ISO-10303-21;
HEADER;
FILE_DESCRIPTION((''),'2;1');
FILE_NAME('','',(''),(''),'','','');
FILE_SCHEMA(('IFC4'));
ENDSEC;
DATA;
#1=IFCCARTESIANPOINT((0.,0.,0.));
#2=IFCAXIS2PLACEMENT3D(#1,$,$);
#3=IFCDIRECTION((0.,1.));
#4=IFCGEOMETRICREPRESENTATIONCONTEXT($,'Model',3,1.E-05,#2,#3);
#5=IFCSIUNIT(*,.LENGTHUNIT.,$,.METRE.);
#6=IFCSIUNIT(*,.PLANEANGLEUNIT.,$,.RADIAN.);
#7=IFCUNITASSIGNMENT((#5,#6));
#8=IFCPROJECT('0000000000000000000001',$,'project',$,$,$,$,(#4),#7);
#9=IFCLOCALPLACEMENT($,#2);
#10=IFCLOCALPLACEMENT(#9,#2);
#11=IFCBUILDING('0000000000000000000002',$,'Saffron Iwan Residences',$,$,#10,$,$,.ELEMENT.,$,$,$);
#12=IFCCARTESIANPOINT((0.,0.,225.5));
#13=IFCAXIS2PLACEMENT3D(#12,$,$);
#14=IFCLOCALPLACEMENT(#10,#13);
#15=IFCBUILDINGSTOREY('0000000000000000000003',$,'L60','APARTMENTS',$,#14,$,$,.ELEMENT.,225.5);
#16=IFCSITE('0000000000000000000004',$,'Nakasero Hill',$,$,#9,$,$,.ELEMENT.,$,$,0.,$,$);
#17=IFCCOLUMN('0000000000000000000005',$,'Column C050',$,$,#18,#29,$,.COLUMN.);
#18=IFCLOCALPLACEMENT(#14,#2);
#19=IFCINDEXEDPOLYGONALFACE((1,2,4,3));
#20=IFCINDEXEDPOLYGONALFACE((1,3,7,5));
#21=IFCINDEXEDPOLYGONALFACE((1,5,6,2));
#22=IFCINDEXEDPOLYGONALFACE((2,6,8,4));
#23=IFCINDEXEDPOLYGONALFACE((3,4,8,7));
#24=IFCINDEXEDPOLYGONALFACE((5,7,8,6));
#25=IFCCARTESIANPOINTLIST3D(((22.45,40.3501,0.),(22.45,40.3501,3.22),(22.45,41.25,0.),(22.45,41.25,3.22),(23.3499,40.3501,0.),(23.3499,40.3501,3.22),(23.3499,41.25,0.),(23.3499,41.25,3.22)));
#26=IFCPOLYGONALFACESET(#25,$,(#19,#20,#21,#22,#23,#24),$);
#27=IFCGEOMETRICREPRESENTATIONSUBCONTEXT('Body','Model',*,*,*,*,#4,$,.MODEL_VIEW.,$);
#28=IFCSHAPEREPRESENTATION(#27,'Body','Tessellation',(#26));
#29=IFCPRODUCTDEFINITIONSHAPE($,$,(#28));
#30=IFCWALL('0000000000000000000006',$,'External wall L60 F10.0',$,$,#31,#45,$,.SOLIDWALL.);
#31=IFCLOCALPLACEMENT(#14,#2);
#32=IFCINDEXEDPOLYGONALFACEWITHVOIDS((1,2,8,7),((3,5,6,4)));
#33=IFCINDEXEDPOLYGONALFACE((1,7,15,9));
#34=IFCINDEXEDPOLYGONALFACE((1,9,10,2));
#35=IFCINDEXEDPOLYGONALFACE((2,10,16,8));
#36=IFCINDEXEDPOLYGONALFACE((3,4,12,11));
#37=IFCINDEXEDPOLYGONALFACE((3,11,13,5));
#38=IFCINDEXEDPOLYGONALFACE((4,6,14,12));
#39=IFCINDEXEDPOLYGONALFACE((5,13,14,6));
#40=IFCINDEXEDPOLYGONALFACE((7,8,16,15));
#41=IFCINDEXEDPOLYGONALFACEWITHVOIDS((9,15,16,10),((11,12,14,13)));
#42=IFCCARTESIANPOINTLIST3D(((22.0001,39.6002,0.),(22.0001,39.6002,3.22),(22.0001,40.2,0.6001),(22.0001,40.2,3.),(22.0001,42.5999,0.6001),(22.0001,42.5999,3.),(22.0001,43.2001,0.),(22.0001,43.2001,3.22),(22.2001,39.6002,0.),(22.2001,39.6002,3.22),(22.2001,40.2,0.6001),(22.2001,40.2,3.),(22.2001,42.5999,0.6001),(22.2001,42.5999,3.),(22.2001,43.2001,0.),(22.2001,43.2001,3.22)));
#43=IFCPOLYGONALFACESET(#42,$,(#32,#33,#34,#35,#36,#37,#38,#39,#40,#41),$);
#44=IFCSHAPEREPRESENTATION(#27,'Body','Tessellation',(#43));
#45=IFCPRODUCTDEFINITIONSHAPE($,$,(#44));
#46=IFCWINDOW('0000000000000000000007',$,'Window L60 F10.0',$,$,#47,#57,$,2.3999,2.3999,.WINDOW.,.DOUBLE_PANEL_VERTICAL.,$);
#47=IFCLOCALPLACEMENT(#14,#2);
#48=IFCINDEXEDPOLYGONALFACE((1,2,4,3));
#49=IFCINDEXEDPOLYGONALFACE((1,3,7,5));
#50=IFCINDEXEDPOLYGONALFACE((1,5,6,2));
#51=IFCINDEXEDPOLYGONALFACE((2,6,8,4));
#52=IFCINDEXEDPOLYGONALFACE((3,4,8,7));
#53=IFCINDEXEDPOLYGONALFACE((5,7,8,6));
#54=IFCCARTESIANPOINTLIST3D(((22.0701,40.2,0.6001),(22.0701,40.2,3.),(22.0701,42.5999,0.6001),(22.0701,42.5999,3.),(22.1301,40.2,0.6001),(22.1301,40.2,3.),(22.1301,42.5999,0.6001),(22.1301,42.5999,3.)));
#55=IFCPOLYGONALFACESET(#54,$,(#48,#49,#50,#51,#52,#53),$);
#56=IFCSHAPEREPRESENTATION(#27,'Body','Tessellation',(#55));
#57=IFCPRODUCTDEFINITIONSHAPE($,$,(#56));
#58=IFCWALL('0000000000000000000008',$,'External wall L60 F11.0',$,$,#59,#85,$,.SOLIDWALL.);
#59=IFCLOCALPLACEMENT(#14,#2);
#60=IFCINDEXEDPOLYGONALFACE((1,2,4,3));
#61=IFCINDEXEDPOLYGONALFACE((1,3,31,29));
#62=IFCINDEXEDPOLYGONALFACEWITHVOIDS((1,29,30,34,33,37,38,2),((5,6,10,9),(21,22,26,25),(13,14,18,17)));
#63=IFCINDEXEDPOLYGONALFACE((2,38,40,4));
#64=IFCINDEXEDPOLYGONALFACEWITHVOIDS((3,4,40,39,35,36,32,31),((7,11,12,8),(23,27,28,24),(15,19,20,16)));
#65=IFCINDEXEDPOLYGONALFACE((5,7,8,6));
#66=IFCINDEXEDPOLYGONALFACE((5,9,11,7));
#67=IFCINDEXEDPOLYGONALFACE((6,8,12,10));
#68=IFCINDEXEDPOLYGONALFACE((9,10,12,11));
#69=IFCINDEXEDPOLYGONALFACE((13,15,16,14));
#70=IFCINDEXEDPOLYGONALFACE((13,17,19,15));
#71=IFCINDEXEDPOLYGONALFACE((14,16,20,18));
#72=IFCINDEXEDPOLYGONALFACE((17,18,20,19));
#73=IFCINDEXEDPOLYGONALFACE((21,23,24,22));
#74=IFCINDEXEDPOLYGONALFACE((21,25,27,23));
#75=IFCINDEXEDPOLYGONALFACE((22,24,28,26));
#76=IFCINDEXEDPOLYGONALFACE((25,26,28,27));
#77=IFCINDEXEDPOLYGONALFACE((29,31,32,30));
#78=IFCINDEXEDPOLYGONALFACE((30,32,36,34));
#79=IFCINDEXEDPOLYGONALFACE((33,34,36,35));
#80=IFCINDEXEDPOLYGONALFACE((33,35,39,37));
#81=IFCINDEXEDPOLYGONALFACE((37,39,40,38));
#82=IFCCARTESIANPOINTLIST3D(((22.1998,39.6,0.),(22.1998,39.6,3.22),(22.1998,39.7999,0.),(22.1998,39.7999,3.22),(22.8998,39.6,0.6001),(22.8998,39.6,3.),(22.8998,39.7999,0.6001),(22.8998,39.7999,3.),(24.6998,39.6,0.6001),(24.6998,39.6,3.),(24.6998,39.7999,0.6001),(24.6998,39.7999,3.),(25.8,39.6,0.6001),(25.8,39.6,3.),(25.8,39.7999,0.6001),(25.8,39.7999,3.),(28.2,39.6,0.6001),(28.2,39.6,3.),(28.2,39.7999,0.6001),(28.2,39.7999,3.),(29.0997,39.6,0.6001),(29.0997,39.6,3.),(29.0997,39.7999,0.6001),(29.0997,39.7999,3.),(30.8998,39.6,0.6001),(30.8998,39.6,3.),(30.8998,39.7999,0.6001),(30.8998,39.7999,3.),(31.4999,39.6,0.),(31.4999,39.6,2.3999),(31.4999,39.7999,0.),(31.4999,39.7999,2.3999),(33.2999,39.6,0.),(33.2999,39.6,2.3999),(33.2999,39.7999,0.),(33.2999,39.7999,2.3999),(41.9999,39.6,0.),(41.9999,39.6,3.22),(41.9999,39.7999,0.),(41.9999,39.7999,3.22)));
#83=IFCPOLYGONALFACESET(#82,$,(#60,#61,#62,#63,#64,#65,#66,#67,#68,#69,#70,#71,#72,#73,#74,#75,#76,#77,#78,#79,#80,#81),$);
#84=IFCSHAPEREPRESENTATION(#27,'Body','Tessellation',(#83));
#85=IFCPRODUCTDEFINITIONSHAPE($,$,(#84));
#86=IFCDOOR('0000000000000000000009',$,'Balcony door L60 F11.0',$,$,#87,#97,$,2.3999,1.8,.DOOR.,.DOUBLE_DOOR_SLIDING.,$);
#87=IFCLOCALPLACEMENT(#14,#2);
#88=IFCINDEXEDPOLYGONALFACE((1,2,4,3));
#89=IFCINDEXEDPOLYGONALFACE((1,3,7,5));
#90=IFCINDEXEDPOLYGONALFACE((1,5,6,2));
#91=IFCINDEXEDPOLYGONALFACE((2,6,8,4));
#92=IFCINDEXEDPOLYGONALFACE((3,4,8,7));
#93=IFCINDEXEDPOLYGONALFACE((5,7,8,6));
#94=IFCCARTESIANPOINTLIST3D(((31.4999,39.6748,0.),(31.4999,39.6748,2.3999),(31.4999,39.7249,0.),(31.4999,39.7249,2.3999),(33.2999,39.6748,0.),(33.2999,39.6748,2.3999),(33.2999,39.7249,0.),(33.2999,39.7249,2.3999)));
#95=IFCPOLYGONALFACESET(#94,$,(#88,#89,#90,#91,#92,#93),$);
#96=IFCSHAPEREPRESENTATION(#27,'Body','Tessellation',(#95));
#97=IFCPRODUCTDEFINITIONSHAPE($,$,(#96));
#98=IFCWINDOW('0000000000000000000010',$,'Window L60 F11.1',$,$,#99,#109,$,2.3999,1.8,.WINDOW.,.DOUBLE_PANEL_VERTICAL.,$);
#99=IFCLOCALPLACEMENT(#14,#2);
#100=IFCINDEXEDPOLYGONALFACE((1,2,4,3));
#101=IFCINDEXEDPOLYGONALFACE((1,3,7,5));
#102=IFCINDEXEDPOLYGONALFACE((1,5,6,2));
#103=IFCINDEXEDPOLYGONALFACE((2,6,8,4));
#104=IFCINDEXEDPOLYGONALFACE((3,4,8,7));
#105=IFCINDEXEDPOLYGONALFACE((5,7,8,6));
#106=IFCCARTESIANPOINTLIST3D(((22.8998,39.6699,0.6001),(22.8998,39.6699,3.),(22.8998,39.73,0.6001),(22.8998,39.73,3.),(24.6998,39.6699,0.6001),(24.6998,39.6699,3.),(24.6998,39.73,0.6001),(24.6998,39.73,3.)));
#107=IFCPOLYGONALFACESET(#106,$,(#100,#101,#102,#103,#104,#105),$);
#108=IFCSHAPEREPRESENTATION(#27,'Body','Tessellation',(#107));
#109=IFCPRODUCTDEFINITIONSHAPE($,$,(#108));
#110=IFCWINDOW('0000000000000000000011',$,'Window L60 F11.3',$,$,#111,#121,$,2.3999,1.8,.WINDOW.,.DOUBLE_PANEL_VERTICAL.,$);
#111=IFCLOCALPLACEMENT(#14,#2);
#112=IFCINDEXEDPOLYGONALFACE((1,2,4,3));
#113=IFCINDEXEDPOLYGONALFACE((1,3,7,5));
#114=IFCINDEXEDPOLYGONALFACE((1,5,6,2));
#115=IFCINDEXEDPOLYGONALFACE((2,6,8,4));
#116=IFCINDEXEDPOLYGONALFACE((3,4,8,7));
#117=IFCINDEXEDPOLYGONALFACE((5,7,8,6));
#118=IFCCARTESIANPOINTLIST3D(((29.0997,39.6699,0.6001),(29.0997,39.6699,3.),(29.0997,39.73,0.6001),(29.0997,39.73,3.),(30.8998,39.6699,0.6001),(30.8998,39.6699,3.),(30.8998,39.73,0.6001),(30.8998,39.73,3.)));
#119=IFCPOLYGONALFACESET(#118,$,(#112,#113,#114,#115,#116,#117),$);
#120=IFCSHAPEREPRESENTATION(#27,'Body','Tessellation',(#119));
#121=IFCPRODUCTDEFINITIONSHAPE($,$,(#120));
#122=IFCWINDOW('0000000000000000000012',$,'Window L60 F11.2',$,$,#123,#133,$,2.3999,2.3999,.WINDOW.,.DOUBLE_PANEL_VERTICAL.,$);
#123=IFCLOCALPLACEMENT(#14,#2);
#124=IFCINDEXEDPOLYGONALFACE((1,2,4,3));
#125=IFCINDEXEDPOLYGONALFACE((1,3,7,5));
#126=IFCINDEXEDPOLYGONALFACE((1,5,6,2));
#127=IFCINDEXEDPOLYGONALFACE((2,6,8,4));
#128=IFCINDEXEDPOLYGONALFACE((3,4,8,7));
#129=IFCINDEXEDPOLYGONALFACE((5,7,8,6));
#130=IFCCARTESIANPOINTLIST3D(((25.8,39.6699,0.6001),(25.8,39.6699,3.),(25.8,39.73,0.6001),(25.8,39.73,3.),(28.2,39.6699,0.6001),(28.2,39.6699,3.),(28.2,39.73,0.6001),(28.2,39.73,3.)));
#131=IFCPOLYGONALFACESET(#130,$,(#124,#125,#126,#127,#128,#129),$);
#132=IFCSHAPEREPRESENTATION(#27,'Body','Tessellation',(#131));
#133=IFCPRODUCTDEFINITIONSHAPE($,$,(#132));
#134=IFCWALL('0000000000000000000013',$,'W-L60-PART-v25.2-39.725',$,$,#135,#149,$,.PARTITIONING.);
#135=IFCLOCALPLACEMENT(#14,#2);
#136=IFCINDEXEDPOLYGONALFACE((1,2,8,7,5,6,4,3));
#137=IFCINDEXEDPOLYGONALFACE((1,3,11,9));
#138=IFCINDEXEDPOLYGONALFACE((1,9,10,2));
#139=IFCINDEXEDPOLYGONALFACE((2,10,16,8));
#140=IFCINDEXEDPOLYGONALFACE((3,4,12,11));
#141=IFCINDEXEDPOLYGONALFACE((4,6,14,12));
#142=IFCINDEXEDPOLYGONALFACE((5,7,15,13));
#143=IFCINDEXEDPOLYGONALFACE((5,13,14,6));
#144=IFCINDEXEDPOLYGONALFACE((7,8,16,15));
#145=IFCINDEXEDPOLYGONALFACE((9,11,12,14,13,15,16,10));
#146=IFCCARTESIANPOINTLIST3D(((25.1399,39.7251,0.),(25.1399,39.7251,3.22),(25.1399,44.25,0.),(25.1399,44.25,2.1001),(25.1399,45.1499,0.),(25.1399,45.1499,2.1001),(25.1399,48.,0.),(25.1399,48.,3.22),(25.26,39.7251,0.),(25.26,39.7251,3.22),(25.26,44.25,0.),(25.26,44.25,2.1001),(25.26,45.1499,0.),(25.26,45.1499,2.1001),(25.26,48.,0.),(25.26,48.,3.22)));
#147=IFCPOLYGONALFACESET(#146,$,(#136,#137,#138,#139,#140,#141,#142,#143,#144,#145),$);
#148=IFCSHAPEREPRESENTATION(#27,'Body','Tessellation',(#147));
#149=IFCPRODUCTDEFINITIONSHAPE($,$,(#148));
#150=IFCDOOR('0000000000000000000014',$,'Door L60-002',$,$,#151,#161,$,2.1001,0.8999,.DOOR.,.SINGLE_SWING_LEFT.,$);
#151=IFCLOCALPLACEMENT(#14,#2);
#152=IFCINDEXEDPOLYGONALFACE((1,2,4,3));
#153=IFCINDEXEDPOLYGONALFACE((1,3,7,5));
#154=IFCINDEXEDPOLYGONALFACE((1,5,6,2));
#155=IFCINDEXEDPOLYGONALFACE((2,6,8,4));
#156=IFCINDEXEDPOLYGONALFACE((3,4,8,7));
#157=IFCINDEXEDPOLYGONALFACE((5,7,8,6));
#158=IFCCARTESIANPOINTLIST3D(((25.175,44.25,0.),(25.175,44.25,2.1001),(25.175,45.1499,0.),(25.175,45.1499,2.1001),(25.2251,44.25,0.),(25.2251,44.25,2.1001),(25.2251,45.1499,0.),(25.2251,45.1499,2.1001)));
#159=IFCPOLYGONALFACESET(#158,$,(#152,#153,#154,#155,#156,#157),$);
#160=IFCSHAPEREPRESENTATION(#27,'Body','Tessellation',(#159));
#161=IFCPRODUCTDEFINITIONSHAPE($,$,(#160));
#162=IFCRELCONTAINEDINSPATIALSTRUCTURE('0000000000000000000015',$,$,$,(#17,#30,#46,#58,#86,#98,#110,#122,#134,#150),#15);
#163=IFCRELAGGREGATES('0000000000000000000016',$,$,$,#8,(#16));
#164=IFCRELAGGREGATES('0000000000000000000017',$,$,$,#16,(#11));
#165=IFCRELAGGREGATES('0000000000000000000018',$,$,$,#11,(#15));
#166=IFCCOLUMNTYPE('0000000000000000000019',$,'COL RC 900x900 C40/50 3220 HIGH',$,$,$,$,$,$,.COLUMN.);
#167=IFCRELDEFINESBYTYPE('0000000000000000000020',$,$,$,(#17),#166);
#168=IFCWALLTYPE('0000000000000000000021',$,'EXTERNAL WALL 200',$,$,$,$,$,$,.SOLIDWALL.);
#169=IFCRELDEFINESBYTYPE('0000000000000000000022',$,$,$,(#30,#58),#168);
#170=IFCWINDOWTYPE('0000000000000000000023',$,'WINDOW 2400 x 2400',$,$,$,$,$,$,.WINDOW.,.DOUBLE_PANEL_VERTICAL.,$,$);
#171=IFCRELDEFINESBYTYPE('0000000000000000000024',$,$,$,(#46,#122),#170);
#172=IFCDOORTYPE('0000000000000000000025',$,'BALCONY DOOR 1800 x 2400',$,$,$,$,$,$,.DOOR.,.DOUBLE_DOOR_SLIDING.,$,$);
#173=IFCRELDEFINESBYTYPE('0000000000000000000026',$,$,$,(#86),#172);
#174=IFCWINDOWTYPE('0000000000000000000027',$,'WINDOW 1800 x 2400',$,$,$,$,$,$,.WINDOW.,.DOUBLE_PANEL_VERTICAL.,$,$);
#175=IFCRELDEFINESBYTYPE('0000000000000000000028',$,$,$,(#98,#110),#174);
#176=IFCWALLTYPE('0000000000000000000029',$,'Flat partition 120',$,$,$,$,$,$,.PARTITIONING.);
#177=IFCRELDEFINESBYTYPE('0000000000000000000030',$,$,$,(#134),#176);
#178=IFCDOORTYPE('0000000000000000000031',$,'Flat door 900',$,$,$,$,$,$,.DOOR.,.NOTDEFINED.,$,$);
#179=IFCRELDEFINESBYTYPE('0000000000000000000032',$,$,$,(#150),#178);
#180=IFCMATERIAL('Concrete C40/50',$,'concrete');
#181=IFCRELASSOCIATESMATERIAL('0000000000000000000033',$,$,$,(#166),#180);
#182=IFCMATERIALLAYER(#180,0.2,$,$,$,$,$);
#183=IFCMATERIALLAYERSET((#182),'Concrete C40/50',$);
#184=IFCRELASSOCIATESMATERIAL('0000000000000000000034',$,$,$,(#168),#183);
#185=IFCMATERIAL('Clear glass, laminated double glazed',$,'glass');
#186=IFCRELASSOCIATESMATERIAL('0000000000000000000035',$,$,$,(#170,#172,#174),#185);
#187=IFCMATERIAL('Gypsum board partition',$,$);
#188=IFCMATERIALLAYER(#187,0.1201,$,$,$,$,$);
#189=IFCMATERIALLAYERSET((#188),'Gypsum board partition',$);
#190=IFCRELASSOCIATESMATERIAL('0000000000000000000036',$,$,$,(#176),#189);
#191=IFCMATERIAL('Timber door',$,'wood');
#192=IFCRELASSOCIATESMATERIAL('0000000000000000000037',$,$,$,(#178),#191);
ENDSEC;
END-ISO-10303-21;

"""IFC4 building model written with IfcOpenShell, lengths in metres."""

from ifc_helpers import new_model, si_unit, direction, frame, frame_2d, origin, origin_2d, place, context, subcontext, project, spatial, rectangle, extrude, source, transform, mapped, material, layer, layer_set, material_profile, profile_set, type_object, element, fill, save


model = new_model("IFC4")

# Units and contexts
model_context = context("Model", 3, precision=1e-05, world=origin(), true_north=direction((0.0, 1.0)))
body_context = subcontext(model_context, "Body", "Model", "MODEL_VIEW")
ifc_project = project(units=[si_unit("LENGTHUNIT", "METRE"), si_unit("PLANEANGLEUNIT", "RADIAN")], contexts=[model_context])

# Site, building, storey
site_placement = place(None, origin())
site = spatial("IfcSite", under=ifc_project, at=site_placement, Name="Nakasero Hill", CompositionType="ELEMENT", RefElevation=0.0)
building_placement = place(site_placement, origin())
building = spatial("IfcBuilding", under=site, at=building_placement, Name="Saffron Iwan Residences", CompositionType="ELEMENT")
storey_placement = place(building_placement, frame((0.0, 0.0, 225.5)))
storey = spatial("IfcBuildingStorey", under=building, at=storey_placement, Name="L60", Description="APARTMENTS", CompositionType="ELEMENT", Elevation=225.5)

# Column
ifc_material_1 = material(Name="Concrete C40/50", Category="concrete")
ifc_material_profile = material_profile(ifc_material_1, rectangle(XDim=0.8999, YDim=0.8999, at=origin_2d()), Name="RC 900x900")
ifc_profile_set = profile_set([ifc_material_profile], Name="Concrete C40/50")
column_type = type_object("IfcColumnType", Name="COL RC 900x900 C40/50 3220 HIGH", PredefinedType="COLUMN", material=ifc_profile_set)
shared_shape = source(origin(), body_context, "Body", "SweptSolid", [
    extrude(rectangle(XDim=0.8999, YDim=0.8999, at=origin_2d()), origin(), (0.0, 0.0, 1.0), 3.22),
])
column_placement = place(storey_placement, frame((22.8999, 40.8, 0.0), z_axis=(0.0, 0.0, 1.0), x_axis=(1.0, 0.0, 0.0)))
element("IfcColumn", 1, at=column_placement, inside=storey, type_object=column_type, Name="Column C050", PredefinedType="COLUMN", context=body_context, shape_type="MappedRepresentation", body=[
    mapped(shared_shape, transform((0.0, 0.0, 0.0))),
])

# Wall, opening, window
ifc_layer_1 = layer(ifc_material_1, 0.2)
ifc_layer_set_1 = layer_set([ifc_layer_1], Name="Concrete C40/50")
wall_type_1 = type_object("IfcWallType", Name="EXTERNAL WALL 200", PredefinedType="SOLIDWALL", material=ifc_layer_set_1)
wall_1_placement = place(storey_placement, frame((22.1001, 43.2, 0.0), z_axis=(0.0, 0.0, 1.0), x_axis=(0.0, -1.0, 0.0)))
wall_1 = element("IfcWall", 2, at=wall_1_placement, inside=storey, type_object=wall_type_1, Name="External wall L60 F10.0", PredefinedType="SOLIDWALL", context=body_context, shape_type="SweptSolid", body=[
    extrude(rectangle(XDim=3.5999, YDim=0.2, at=frame_2d((1.7998, 0.0))), origin(), (0.0, 0.0, 1.0), 3.22),
])
opening_1_placement = place(wall_1_placement, frame((0.6001, 0.0, 0.6001)))
opening_1 = element("IfcOpeningElement", 3, at=opening_1_placement, cuts=wall_1, PredefinedType="OPENING", context=body_context, shape_type="SweptSolid", body=[
    extrude(rectangle(XDim=2.3999, YDim=2.3999, at=frame_2d((1.2, 1.2))), frame((0.0, 0.1099, 0.0), z_axis=(0.0, -1.0, 0.0), x_axis=(1.0, 0.0, 0.0)), (0.0, 0.0, 1.0), 0.22),
])
ifc_material_2 = material(Name="Clear glass, laminated double glazed", Category="glass")
window_type_1 = type_object("IfcWindowType", Name="WINDOW 2400 x 2400", PartitioningType="DOUBLE_PANEL_VERTICAL", PredefinedType="WINDOW", material=ifc_material_2)
window_1_placement = place(opening_1_placement, origin())
window_1 = element("IfcWindow", 4, at=window_1_placement, inside=storey, type_object=window_type_1, Name="Window L60 F10.0", OverallHeight=2.3999, OverallWidth=2.3999, PartitioningType="DOUBLE_PANEL_VERTICAL", PredefinedType="WINDOW", context=body_context, shape_type="SweptSolid", body=[
    extrude(rectangle(XDim=2.3999, YDim=2.3999, at=frame_2d((1.2, 1.2))), frame((0.0, 0.03, 0.0), z_axis=(0.0, -1.0, 0.0), x_axis=(1.0, 0.0, 0.0)), (0.0, 0.0, 1.0), 0.0601),
])
fill(opening_1, window_1)

# Wall, openings, door, windows
wall_2_placement = place(storey_placement, frame((22.2, 39.7, 0.0), z_axis=(0.0, 0.0, 1.0), x_axis=(1.0, 0.0, 0.0)))
wall_2 = element("IfcWall", 5, at=wall_2_placement, inside=storey, type_object=wall_type_1, Name="External wall L60 F11.0", PredefinedType="SOLIDWALL", context=body_context, shape_type="SweptSolid", body=[
    extrude(rectangle(XDim=19.8, YDim=0.2, at=frame_2d((9.8999, 0.0))), origin(), (0.0, 0.0, 1.0), 3.22),
])
opening_2_placement = place(wall_2_placement, frame((9.3, 0.0, 0.0)))
opening_2 = element("IfcOpeningElement", 6, at=opening_2_placement, cuts=wall_2, PredefinedType="OPENING", context=body_context, shape_type="SweptSolid", body=[
    extrude(rectangle(XDim=1.8, YDim=2.3999, at=frame_2d((0.8999, 1.2))), frame((0.0, 0.1099, 0.0), z_axis=(0.0, -1.0, 0.0), x_axis=(1.0, 0.0, 0.0)), (0.0, 0.0, 1.0), 0.22),
])
opening_3_placement = place(wall_2_placement, frame((0.7, 0.0, 0.6001)))
opening_3 = element("IfcOpeningElement", 7, at=opening_3_placement, cuts=wall_2, PredefinedType="OPENING", context=body_context, shape_type="SweptSolid", body=[
    extrude(rectangle(XDim=1.8, YDim=2.3999, at=frame_2d((0.8999, 1.2))), frame((0.0, 0.1099, 0.0), z_axis=(0.0, -1.0, 0.0), x_axis=(1.0, 0.0, 0.0)), (0.0, 0.0, 1.0), 0.22),
])
opening_4_placement = place(wall_2_placement, frame((3.6001, 0.0, 0.6001)))
opening_4 = element("IfcOpeningElement", 8, at=opening_4_placement, cuts=wall_2, PredefinedType="OPENING", context=body_context, shape_type="SweptSolid", body=[
    extrude(rectangle(XDim=2.3999, YDim=2.3999, at=frame_2d((1.2, 1.2))), frame((0.0, 0.1099, 0.0), z_axis=(0.0, -1.0, 0.0), x_axis=(1.0, 0.0, 0.0)), (0.0, 0.0, 1.0), 0.22),
])
opening_5_placement = place(wall_2_placement, frame((6.8999, 0.0, 0.6001)))
opening_5 = element("IfcOpeningElement", 9, at=opening_5_placement, cuts=wall_2, PredefinedType="OPENING", context=body_context, shape_type="SweptSolid", body=[
    extrude(rectangle(XDim=1.8, YDim=2.3999, at=frame_2d((0.8999, 1.2))), frame((0.0, 0.1099, 0.0), z_axis=(0.0, -1.0, 0.0), x_axis=(1.0, 0.0, 0.0)), (0.0, 0.0, 1.0), 0.22),
])
door_type_1 = type_object("IfcDoorType", Name="BALCONY DOOR 1800 x 2400", OperationType="DOUBLE_DOOR_SLIDING", PredefinedType="DOOR", material=ifc_material_2)
door_1_placement = place(opening_2_placement, origin())
door_1 = element("IfcDoor", 10, at=door_1_placement, inside=storey, type_object=door_type_1, Name="Balcony door L60 F11.0", OperationType="DOUBLE_DOOR_SLIDING", OverallHeight=2.3999, OverallWidth=1.8, PredefinedType="DOOR", context=body_context, shape_type="SweptSolid", body=[
    extrude(rectangle(XDim=1.8, YDim=2.3999, at=frame_2d((0.8999, 1.2))), frame((0.0, 0.0249, 0.0), z_axis=(0.0, -1.0, 0.0), x_axis=(1.0, 0.0, 0.0)), (0.0, 0.0, 1.0), 0.05),
])
fill(opening_2, door_1)
window_type_2 = type_object("IfcWindowType", Name="WINDOW 1800 x 2400", PartitioningType="DOUBLE_PANEL_VERTICAL", PredefinedType="WINDOW", material=ifc_material_2)
window_2_placement = place(opening_3_placement, origin())
window_2 = element("IfcWindow", 11, at=window_2_placement, inside=storey, type_object=window_type_2, Name="Window L60 F11.1", OverallHeight=2.3999, OverallWidth=1.8, PartitioningType="DOUBLE_PANEL_VERTICAL", PredefinedType="WINDOW", context=body_context, shape_type="SweptSolid", body=[
    extrude(rectangle(XDim=1.8, YDim=2.3999, at=frame_2d((0.8999, 1.2))), frame((0.0, 0.03, 0.0), z_axis=(0.0, -1.0, 0.0), x_axis=(1.0, 0.0, 0.0)), (0.0, 0.0, 1.0), 0.0601),
])
fill(opening_3, window_2)
window_3_placement = place(opening_5_placement, origin())
window_3 = element("IfcWindow", 12, at=window_3_placement, inside=storey, type_object=window_type_2, Name="Window L60 F11.3", OverallHeight=2.3999, OverallWidth=1.8, PartitioningType="DOUBLE_PANEL_VERTICAL", PredefinedType="WINDOW", context=body_context, shape_type="SweptSolid", body=[
    extrude(rectangle(XDim=1.8, YDim=2.3999, at=frame_2d((0.8999, 1.2))), frame((0.0, 0.03, 0.0), z_axis=(0.0, -1.0, 0.0), x_axis=(1.0, 0.0, 0.0)), (0.0, 0.0, 1.0), 0.0601),
])
fill(opening_5, window_3)
window_4_placement = place(opening_4_placement, origin())
window_4 = element("IfcWindow", 13, at=window_4_placement, inside=storey, type_object=window_type_1, Name="Window L60 F11.2", OverallHeight=2.3999, OverallWidth=2.3999, PartitioningType="DOUBLE_PANEL_VERTICAL", PredefinedType="WINDOW", context=body_context, shape_type="SweptSolid", body=[
    extrude(rectangle(XDim=2.3999, YDim=2.3999, at=frame_2d((1.2, 1.2))), frame((0.0, 0.03, 0.0), z_axis=(0.0, -1.0, 0.0), x_axis=(1.0, 0.0, 0.0)), (0.0, 0.0, 1.0), 0.0601),
])
fill(opening_4, window_4)

# Wall, opening, door
ifc_material_3 = material(Name="Gypsum board partition")
ifc_layer_2 = layer(ifc_material_3, 0.1201)
ifc_layer_set_2 = layer_set([ifc_layer_2], Name="Gypsum board partition")
wall_type_2 = type_object("IfcWallType", Name="Flat partition 120", PredefinedType="PARTITIONING", material=ifc_layer_set_2)
wall_3_placement = place(storey_placement, frame((25.2, 39.7251, 0.0), z_axis=(0.0, 0.0, 1.0), x_axis=(0.0, 1.0, 0.0)))
wall_3 = element("IfcWall", 14, at=wall_3_placement, inside=storey, type_object=wall_type_2, Name="W-L60-PART-v25.2-39.725", PredefinedType="PARTITIONING", context=body_context, shape_type="SweptSolid", body=[
    extrude(rectangle(XDim=8.2749, YDim=0.1201, at=frame_2d((4.1375, 0.0))), origin(), (0.0, 0.0, 1.0), 3.22),
])
opening_6_placement = place(wall_3_placement, frame((4.5249, 0.0, 0.0)))
opening_6 = element("IfcOpeningElement", 15, at=opening_6_placement, cuts=wall_3, PredefinedType="OPENING", context=body_context, shape_type="SweptSolid", body=[
    extrude(rectangle(XDim=0.8999, YDim=2.1001, at=frame_2d((0.45, 1.05))), frame((0.0, 0.0701, 0.0), z_axis=(0.0, -1.0, 0.0), x_axis=(1.0, 0.0, 0.0)), (0.0, 0.0, 1.0), 0.1401),
])
ifc_material_4 = material(Name="Timber door", Category="wood")
door_type_2 = type_object("IfcDoorType", Name="Flat door 900", OperationType="NOTDEFINED", PredefinedType="DOOR", material=ifc_material_4)
door_2_placement = place(opening_6_placement, origin())
door_2 = element("IfcDoor", 16, at=door_2_placement, inside=storey, type_object=door_type_2, Name="Door L60-002", OperationType="SINGLE_SWING_LEFT", OverallHeight=2.1001, OverallWidth=0.8999, PredefinedType="DOOR", context=body_context, shape_type="SweptSolid", body=[
    extrude(rectangle(XDim=0.8999, YDim=2.1001, at=frame_2d((0.45, 1.05))), frame((0.0, 0.0249, 0.0), z_axis=(0.0, -1.0, 0.0), x_axis=(1.0, 0.0, 0.0)), (0.0, 0.0, 1.0), 0.05),
])
fill(opening_6, door_2)

save(model, "model.ifc")
